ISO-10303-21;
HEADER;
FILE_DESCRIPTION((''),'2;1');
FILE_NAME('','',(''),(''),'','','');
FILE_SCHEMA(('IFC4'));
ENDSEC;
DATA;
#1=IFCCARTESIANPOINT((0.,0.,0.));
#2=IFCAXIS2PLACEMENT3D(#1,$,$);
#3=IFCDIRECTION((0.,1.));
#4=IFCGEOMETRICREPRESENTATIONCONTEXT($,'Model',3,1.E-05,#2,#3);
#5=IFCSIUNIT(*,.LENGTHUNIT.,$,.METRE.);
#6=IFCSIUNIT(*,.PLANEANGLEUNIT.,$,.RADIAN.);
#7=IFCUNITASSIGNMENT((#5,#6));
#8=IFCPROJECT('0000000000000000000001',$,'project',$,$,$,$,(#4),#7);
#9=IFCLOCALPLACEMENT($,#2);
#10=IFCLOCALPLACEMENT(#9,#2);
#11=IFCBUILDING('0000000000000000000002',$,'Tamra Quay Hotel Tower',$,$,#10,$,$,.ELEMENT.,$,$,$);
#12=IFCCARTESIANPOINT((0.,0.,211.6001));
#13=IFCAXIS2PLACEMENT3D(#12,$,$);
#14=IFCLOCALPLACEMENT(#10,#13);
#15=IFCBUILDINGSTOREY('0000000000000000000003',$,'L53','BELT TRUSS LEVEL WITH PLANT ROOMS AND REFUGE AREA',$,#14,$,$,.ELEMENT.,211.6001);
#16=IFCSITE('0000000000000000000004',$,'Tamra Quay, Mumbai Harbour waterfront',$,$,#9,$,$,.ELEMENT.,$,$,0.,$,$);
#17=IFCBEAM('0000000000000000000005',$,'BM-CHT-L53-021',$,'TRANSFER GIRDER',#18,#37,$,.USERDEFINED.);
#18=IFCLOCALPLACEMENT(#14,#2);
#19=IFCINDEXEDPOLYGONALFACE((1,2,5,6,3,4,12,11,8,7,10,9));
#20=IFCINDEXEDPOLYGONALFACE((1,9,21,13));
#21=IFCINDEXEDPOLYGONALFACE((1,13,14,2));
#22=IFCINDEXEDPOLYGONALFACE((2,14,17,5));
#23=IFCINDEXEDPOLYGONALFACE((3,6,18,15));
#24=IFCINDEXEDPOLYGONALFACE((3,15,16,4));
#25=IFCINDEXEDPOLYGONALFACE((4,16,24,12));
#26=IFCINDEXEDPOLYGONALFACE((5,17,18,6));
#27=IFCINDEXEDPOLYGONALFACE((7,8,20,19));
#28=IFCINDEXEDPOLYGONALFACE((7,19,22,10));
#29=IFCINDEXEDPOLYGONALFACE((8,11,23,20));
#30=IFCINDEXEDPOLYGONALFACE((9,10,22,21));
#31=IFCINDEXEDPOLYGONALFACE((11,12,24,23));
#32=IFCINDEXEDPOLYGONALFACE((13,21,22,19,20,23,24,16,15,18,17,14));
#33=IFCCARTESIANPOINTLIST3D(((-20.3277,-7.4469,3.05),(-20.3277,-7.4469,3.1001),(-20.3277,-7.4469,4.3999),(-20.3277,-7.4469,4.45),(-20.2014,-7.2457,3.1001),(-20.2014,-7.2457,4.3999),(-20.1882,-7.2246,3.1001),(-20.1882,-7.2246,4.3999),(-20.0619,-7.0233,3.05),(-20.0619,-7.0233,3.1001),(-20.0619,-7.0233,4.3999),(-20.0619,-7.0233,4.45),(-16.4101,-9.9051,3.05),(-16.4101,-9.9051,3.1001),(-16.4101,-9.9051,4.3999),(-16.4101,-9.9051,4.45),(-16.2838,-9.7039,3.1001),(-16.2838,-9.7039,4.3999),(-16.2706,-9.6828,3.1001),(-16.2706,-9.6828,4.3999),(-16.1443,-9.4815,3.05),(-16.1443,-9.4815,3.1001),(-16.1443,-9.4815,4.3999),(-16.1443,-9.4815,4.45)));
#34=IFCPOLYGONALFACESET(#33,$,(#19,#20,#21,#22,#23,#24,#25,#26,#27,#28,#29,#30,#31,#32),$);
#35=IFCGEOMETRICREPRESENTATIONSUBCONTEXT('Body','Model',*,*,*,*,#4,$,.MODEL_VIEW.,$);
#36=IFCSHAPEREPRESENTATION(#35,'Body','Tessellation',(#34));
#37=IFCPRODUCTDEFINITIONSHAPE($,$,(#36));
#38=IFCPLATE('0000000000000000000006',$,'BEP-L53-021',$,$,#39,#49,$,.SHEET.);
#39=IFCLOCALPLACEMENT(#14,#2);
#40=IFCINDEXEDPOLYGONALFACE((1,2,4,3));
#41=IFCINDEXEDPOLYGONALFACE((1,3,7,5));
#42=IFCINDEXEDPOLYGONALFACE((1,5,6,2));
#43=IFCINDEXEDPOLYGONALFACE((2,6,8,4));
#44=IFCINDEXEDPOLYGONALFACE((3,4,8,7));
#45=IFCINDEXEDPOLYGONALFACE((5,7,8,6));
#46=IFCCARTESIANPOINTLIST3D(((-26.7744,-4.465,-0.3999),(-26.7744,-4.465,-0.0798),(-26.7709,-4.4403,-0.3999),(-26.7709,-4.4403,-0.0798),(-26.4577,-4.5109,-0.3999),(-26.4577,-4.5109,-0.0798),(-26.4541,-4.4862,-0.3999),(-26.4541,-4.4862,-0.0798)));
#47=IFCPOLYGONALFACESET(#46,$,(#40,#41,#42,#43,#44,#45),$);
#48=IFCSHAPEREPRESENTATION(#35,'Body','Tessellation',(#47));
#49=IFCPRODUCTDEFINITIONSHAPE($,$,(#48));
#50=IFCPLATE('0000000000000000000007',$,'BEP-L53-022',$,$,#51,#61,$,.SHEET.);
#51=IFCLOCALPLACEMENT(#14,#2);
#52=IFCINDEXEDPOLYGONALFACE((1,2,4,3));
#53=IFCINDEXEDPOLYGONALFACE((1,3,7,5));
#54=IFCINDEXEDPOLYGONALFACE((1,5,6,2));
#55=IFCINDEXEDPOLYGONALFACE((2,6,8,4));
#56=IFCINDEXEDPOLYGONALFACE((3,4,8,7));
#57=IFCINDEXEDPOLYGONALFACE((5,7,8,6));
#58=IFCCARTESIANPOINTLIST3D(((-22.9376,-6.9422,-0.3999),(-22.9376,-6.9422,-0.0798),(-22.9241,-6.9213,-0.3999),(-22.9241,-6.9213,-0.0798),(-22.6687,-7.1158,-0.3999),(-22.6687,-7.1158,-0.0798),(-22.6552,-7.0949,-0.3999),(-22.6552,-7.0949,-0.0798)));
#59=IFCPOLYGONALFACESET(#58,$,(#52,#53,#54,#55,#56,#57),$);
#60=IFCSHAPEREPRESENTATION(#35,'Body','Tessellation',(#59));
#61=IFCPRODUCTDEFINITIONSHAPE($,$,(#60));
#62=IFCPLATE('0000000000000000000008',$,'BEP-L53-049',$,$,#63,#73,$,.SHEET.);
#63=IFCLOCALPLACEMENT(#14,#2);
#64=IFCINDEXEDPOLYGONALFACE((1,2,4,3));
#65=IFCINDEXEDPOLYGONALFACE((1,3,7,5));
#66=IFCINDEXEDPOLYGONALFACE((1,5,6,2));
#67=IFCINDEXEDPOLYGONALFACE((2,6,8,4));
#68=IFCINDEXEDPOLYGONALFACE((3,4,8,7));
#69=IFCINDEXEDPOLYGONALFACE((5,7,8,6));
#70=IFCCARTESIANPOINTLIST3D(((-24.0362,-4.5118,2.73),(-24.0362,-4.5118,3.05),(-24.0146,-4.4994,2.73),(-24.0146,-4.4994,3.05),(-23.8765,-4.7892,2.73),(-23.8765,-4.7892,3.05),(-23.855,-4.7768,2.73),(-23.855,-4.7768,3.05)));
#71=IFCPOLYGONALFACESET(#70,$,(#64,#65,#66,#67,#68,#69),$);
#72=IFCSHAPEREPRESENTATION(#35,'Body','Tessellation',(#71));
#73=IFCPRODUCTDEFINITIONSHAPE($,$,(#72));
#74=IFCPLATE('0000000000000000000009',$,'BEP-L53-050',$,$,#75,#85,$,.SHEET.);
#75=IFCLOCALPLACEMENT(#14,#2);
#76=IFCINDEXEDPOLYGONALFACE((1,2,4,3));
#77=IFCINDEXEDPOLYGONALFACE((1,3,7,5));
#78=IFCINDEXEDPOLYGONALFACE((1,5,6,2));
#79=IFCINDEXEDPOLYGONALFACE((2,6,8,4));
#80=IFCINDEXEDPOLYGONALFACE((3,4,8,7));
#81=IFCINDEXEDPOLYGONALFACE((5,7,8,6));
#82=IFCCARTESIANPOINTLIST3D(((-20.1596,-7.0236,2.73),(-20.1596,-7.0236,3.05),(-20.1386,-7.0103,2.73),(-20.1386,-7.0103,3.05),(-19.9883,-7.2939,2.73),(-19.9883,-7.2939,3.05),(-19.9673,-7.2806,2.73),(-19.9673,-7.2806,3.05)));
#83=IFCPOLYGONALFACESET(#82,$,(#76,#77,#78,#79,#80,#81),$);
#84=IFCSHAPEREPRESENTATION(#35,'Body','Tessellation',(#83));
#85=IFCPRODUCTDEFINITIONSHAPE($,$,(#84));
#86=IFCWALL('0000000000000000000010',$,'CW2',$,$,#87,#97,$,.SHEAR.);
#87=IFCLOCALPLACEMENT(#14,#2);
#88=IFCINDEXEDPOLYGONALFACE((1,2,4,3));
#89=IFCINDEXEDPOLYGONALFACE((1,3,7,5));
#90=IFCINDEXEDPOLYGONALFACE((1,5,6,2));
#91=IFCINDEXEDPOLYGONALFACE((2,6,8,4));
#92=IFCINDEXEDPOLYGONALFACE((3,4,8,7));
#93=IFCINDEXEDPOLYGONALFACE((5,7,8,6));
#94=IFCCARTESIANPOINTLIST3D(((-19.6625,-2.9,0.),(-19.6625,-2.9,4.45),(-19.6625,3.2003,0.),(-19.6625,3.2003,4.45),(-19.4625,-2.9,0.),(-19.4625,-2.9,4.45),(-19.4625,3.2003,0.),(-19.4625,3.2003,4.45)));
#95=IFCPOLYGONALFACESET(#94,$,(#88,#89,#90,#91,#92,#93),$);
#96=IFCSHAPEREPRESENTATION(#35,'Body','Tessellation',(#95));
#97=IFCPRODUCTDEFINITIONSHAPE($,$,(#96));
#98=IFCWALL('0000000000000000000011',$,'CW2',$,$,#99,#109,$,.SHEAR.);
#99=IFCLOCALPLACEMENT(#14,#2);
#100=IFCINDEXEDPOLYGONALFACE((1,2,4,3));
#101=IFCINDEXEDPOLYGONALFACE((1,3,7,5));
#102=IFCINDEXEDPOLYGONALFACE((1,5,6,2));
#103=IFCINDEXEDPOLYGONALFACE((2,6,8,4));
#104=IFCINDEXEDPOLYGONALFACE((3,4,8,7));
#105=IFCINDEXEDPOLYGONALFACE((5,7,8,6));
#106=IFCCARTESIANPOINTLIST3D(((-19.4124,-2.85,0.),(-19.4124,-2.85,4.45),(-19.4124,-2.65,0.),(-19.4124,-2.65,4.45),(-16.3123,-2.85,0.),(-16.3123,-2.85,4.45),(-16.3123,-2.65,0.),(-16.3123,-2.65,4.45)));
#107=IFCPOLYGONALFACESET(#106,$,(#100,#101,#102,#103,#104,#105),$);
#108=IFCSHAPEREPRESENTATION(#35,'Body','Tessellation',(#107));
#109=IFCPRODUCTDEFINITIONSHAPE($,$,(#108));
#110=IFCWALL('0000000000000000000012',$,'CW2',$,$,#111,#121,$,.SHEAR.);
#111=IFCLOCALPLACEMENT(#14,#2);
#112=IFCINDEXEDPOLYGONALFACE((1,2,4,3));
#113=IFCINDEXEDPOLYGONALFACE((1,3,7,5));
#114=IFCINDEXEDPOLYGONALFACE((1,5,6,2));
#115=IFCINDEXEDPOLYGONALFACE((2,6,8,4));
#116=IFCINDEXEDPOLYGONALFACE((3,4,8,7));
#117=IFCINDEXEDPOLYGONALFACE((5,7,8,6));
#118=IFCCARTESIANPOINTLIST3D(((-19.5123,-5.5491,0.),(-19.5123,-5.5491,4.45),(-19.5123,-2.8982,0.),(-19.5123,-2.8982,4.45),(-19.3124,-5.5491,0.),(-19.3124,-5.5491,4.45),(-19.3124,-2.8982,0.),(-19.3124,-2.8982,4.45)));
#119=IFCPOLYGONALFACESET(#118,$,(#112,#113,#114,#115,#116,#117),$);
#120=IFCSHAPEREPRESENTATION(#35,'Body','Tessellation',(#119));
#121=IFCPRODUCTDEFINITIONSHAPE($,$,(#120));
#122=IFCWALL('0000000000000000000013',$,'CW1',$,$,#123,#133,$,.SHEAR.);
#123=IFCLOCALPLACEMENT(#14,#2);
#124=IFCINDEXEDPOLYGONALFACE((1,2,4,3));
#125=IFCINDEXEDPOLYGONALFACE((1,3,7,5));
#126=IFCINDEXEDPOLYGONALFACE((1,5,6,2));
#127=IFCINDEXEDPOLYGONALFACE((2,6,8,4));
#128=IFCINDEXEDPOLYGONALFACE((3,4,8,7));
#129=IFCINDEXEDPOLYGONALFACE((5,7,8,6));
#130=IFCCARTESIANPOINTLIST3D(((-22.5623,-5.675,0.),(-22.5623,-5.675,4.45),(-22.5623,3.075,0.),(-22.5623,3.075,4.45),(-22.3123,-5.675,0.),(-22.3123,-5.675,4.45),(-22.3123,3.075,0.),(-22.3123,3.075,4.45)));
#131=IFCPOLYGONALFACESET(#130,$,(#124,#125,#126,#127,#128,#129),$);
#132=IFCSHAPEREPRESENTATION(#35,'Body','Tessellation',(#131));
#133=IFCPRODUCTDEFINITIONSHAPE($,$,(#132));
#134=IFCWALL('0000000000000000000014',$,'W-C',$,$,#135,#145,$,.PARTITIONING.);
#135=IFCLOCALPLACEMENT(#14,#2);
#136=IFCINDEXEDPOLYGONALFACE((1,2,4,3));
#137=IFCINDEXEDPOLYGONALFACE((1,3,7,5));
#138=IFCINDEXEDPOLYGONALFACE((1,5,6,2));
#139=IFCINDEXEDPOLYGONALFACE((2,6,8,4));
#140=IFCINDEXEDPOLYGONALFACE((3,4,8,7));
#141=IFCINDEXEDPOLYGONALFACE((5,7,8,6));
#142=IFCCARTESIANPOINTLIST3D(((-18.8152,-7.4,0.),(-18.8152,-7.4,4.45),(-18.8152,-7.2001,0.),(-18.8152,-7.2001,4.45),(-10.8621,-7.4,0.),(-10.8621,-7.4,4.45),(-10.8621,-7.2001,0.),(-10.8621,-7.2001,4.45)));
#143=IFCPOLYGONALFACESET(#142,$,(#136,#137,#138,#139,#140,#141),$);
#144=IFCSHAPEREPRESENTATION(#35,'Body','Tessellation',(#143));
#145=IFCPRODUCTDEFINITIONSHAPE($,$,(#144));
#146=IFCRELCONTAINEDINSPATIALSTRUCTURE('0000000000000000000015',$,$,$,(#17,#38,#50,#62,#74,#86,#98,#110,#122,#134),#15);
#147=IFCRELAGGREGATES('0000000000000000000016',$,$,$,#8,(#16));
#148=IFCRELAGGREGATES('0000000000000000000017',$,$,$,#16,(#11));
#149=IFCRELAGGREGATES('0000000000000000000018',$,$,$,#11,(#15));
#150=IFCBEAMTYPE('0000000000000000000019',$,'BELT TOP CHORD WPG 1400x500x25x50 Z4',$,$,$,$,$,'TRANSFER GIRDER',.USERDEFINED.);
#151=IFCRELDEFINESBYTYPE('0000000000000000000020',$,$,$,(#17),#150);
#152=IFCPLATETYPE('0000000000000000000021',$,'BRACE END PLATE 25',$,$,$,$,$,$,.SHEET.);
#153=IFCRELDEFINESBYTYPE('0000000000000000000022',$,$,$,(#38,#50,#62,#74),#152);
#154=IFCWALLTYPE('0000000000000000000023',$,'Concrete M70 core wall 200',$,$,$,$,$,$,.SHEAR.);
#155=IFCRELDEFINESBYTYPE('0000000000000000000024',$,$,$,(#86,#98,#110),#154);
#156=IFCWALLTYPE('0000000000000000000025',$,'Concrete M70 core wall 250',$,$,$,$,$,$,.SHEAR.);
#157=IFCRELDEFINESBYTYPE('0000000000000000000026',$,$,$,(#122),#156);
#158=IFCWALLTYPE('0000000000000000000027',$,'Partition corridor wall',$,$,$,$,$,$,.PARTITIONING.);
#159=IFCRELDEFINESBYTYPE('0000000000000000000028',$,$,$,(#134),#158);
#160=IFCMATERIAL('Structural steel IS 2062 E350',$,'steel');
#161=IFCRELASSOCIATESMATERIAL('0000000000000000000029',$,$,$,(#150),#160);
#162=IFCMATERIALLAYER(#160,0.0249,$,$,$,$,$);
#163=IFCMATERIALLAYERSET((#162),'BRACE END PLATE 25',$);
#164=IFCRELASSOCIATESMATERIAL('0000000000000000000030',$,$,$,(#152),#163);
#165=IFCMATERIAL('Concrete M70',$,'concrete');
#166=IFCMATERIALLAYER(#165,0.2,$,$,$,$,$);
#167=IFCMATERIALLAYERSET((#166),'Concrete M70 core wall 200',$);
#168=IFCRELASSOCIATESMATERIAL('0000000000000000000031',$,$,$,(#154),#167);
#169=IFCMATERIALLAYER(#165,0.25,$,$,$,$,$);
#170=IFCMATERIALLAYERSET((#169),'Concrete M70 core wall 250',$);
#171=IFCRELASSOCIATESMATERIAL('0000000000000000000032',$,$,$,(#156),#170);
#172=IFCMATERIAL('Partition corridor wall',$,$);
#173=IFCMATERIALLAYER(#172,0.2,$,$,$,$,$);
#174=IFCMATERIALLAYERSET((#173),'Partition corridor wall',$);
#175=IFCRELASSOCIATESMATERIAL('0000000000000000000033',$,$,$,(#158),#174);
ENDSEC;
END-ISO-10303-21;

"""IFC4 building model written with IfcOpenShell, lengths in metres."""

from ifc_helpers import new_model, si_unit, direction, frame, frame_2d, origin, origin_2d, place, context, subcontext, project, spatial, rectangle, i_section, extrude, material, layer, layer_set, material_profile, profile_set, type_object, element, save


model = new_model("IFC4")

# Units and contexts
model_context = context("Model", 3, precision=1e-05, world=origin(), true_north=direction((0.0, 1.0)))
body_context = subcontext(model_context, "Body", "Model", "MODEL_VIEW")
ifc_project = project(units=[si_unit("LENGTHUNIT", "METRE"), si_unit("PLANEANGLEUNIT", "RADIAN")], contexts=[model_context])

# Site, building, storey
site_placement = place(None, origin())
site = spatial("IfcSite", under=ifc_project, at=site_placement, Name="Tamra Quay, Mumbai Harbour waterfront", CompositionType="ELEMENT", RefElevation=0.0)
building_placement = place(site_placement, origin())
building = spatial("IfcBuilding", under=site, at=building_placement, Name="Tamra Quay Hotel Tower", CompositionType="ELEMENT")
storey_placement = place(building_placement, frame((0.0, 0.0, 211.6001)))
storey = spatial("IfcBuildingStorey", under=building, at=storey_placement, Name="L53", Description="BELT TRUSS LEVEL WITH PLANT ROOMS AND REFUGE AREA", CompositionType="ELEMENT", Elevation=211.6001)

# Shared definitions
ifc_material_1 = material(Name="Concrete M70", Category="concrete")

# Shared definitions
ifc_material_2 = material(Name="Structural steel IS 2062 E350", Category="steel")

# Beam
ifc_material_profile_1 = material_profile(ifc_material_2, i_section(OverallWidth=0.5, OverallDepth=1.3999, WebThickness=0.0249, FlangeThickness=0.05, at=origin_2d()), Name="WPG 1400x500x25x50")
ifc_profile_set_1 = profile_set([ifc_material_profile_1], Name="Structural steel IS 2062 E350")
beam_type_1 = type_object("IfcBeamType", Name="BELT TOP CHORD WPG 1400x500x25x50 Z4", ElementType="TRANSFER GIRDER", PredefinedType="USERDEFINED", material=ifc_profile_set_1)
beam_1_placement = place(storey_placement, frame((-20.1948, -7.2351, 3.75), z_axis=(0.847057, -0.531502, 0.0), x_axis=(0.531502, 0.847057, 0.0)))
element("IfcBeam", 1, at=beam_1_placement, inside=storey, type_object=beam_type_1, Name="BM-CHT-L53-021", ObjectType="TRANSFER GIRDER", PredefinedType="USERDEFINED", context=body_context, shape_type="SweptSolid", body=[
    extrude(i_section(OverallWidth=0.5, OverallDepth=1.3999, WebThickness=0.0249, FlangeThickness=0.05, at=origin_2d()), origin(), (0.0, 0.0, 1.0), 4.625),
])

# Plates
ifc_layer_1 = layer(ifc_material_2, 0.0249)
ifc_layer_set_1 = layer_set([ifc_layer_1], Name="BRACE END PLATE 25")
plate_type = type_object("IfcPlateType", Name="BRACE END PLATE 25", PredefinedType="SHEET", material=ifc_layer_set_1)
for number, where, z_axis, x_axis, name in (
    (2, (-26.6143, -4.4756, -0.3999), (0.0, 0.0, 1.0), (0.143411, 0.989663, 0.0), "BEP-L53-021"),
    (3, (-22.7964, -7.0186, -0.3999), (0.0, 0.0, 1.0), (0.542247, 0.840219, 0.0), "BEP-L53-022"),
    (4, (-23.9456, -4.6443, 2.73), (0.0, 0.0, 1.0), (0.866777, 0.498697, 0.0), "BEP-L53-049"),
    (5, (-20.0635, -7.1521, 2.73), (0.0, 0.0, 1.0), (0.844731, 0.535192, 0.0), "BEP-L53-050"),
):
    element("IfcPlate", number, at=place(storey_placement, frame(where, z_axis=z_axis, x_axis=x_axis)), inside=storey, type_object=plate_type, Name=name, PredefinedType="SHEET", context=body_context, shape_type="SweptSolid", body=[
        extrude(rectangle(XDim=0.0249, YDim=0.3201, at=origin_2d()), origin(), (0.0, 0.0, 1.0), 0.3201),
    ])

# Walls
ifc_layer_2 = layer(ifc_material_1, 0.2)
ifc_layer_set_2 = layer_set([ifc_layer_2], Name="Concrete M70 core wall 200")
wall_type_1 = type_object("IfcWallType", Name="Concrete M70 core wall 200", PredefinedType="SHEAR", material=ifc_layer_set_2)
wall_1_placement = place(storey_placement, frame((-19.5625, -2.9001, 0.0), z_axis=(0.0, 0.0, 1.0), x_axis=(0.0, 1.0, 0.0)))
element("IfcWall", 6, at=wall_1_placement, inside=storey, type_object=wall_type_1, Name="CW2", PredefinedType="SHEAR", context=body_context, shape_type="SweptSolid", body=[
    extrude(rectangle(XDim=6.1003, YDim=0.2, at=frame_2d((3.0503, 0.0))), origin(), (0.0, 0.0, 1.0), 4.45),
])
wall_2_placement = place(storey_placement, frame((-19.4124, -2.75, 0.0), z_axis=(0.0, 0.0, 1.0), x_axis=(1.0, 0.0, 0.0)))
element("IfcWall", 7, at=wall_2_placement, inside=storey, type_object=wall_type_1, Name="CW2", PredefinedType="SHEAR", context=body_context, shape_type="SweptSolid", body=[
    extrude(rectangle(XDim=3.1001, YDim=0.2, at=frame_2d((1.55, 0.0))), origin(), (0.0, 0.0, 1.0), 4.45),
])
wall_3_placement = place(storey_placement, frame((-19.4124, -5.5491, 0.0), z_axis=(0.0, 0.0, 1.0), x_axis=(0.0, 1.0, 0.0)))
element("IfcWall", 8, at=wall_3_placement, inside=storey, type_object=wall_type_1, Name="CW2", PredefinedType="SHEAR", context=body_context, shape_type="SweptSolid", body=[
    extrude(rectangle(XDim=2.6509, YDim=0.2, at=frame_2d((1.3254, 0.0))), origin(), (0.0, 0.0, 1.0), 4.45),
])
ifc_layer_3 = layer(ifc_material_1, 0.25)
ifc_layer_set_3 = layer_set([ifc_layer_3], Name="Concrete M70 core wall 250")
wall_type_2 = type_object("IfcWallType", Name="Concrete M70 core wall 250", PredefinedType="SHEAR", material=ifc_layer_set_3)
wall_4_placement = place(storey_placement, frame((-22.4373, -5.675, 0.0), z_axis=(0.0, 0.0, 1.0), x_axis=(0.0, 1.0, 0.0)))
element("IfcWall", 9, at=wall_4_placement, inside=storey, type_object=wall_type_2, Name="CW1", PredefinedType="SHEAR", context=body_context, shape_type="SweptSolid", body=[
    extrude(rectangle(XDim=8.75, YDim=0.25, at=frame_2d((4.375, 0.0))), origin(), (0.0, 0.0, 1.0), 4.45),
])
ifc_material_3 = material(Name="Partition corridor wall")
ifc_layer_4 = layer(ifc_material_3, 0.2)
ifc_layer_set_4 = layer_set([ifc_layer_4], Name="Partition corridor wall")
wall_type_3 = type_object("IfcWallType", Name="Partition corridor wall", PredefinedType="PARTITIONING", material=ifc_layer_set_4)
wall_5_placement = place(storey_placement, frame((-18.8152, -7.3, 0.0), z_axis=(0.0, 0.0, 1.0), x_axis=(1.0, 0.0, 0.0)))
element("IfcWall", 10, at=wall_5_placement, inside=storey, type_object=wall_type_3, Name="W-C", PredefinedType="PARTITIONING", context=body_context, shape_type="SweptSolid", body=[
    extrude(rectangle(XDim=7.9531, YDim=0.2, at=frame_2d((3.9766, 0.0))), origin(), (0.0, 0.0, 1.0), 4.45),
])

save(model, "model.ifc")
